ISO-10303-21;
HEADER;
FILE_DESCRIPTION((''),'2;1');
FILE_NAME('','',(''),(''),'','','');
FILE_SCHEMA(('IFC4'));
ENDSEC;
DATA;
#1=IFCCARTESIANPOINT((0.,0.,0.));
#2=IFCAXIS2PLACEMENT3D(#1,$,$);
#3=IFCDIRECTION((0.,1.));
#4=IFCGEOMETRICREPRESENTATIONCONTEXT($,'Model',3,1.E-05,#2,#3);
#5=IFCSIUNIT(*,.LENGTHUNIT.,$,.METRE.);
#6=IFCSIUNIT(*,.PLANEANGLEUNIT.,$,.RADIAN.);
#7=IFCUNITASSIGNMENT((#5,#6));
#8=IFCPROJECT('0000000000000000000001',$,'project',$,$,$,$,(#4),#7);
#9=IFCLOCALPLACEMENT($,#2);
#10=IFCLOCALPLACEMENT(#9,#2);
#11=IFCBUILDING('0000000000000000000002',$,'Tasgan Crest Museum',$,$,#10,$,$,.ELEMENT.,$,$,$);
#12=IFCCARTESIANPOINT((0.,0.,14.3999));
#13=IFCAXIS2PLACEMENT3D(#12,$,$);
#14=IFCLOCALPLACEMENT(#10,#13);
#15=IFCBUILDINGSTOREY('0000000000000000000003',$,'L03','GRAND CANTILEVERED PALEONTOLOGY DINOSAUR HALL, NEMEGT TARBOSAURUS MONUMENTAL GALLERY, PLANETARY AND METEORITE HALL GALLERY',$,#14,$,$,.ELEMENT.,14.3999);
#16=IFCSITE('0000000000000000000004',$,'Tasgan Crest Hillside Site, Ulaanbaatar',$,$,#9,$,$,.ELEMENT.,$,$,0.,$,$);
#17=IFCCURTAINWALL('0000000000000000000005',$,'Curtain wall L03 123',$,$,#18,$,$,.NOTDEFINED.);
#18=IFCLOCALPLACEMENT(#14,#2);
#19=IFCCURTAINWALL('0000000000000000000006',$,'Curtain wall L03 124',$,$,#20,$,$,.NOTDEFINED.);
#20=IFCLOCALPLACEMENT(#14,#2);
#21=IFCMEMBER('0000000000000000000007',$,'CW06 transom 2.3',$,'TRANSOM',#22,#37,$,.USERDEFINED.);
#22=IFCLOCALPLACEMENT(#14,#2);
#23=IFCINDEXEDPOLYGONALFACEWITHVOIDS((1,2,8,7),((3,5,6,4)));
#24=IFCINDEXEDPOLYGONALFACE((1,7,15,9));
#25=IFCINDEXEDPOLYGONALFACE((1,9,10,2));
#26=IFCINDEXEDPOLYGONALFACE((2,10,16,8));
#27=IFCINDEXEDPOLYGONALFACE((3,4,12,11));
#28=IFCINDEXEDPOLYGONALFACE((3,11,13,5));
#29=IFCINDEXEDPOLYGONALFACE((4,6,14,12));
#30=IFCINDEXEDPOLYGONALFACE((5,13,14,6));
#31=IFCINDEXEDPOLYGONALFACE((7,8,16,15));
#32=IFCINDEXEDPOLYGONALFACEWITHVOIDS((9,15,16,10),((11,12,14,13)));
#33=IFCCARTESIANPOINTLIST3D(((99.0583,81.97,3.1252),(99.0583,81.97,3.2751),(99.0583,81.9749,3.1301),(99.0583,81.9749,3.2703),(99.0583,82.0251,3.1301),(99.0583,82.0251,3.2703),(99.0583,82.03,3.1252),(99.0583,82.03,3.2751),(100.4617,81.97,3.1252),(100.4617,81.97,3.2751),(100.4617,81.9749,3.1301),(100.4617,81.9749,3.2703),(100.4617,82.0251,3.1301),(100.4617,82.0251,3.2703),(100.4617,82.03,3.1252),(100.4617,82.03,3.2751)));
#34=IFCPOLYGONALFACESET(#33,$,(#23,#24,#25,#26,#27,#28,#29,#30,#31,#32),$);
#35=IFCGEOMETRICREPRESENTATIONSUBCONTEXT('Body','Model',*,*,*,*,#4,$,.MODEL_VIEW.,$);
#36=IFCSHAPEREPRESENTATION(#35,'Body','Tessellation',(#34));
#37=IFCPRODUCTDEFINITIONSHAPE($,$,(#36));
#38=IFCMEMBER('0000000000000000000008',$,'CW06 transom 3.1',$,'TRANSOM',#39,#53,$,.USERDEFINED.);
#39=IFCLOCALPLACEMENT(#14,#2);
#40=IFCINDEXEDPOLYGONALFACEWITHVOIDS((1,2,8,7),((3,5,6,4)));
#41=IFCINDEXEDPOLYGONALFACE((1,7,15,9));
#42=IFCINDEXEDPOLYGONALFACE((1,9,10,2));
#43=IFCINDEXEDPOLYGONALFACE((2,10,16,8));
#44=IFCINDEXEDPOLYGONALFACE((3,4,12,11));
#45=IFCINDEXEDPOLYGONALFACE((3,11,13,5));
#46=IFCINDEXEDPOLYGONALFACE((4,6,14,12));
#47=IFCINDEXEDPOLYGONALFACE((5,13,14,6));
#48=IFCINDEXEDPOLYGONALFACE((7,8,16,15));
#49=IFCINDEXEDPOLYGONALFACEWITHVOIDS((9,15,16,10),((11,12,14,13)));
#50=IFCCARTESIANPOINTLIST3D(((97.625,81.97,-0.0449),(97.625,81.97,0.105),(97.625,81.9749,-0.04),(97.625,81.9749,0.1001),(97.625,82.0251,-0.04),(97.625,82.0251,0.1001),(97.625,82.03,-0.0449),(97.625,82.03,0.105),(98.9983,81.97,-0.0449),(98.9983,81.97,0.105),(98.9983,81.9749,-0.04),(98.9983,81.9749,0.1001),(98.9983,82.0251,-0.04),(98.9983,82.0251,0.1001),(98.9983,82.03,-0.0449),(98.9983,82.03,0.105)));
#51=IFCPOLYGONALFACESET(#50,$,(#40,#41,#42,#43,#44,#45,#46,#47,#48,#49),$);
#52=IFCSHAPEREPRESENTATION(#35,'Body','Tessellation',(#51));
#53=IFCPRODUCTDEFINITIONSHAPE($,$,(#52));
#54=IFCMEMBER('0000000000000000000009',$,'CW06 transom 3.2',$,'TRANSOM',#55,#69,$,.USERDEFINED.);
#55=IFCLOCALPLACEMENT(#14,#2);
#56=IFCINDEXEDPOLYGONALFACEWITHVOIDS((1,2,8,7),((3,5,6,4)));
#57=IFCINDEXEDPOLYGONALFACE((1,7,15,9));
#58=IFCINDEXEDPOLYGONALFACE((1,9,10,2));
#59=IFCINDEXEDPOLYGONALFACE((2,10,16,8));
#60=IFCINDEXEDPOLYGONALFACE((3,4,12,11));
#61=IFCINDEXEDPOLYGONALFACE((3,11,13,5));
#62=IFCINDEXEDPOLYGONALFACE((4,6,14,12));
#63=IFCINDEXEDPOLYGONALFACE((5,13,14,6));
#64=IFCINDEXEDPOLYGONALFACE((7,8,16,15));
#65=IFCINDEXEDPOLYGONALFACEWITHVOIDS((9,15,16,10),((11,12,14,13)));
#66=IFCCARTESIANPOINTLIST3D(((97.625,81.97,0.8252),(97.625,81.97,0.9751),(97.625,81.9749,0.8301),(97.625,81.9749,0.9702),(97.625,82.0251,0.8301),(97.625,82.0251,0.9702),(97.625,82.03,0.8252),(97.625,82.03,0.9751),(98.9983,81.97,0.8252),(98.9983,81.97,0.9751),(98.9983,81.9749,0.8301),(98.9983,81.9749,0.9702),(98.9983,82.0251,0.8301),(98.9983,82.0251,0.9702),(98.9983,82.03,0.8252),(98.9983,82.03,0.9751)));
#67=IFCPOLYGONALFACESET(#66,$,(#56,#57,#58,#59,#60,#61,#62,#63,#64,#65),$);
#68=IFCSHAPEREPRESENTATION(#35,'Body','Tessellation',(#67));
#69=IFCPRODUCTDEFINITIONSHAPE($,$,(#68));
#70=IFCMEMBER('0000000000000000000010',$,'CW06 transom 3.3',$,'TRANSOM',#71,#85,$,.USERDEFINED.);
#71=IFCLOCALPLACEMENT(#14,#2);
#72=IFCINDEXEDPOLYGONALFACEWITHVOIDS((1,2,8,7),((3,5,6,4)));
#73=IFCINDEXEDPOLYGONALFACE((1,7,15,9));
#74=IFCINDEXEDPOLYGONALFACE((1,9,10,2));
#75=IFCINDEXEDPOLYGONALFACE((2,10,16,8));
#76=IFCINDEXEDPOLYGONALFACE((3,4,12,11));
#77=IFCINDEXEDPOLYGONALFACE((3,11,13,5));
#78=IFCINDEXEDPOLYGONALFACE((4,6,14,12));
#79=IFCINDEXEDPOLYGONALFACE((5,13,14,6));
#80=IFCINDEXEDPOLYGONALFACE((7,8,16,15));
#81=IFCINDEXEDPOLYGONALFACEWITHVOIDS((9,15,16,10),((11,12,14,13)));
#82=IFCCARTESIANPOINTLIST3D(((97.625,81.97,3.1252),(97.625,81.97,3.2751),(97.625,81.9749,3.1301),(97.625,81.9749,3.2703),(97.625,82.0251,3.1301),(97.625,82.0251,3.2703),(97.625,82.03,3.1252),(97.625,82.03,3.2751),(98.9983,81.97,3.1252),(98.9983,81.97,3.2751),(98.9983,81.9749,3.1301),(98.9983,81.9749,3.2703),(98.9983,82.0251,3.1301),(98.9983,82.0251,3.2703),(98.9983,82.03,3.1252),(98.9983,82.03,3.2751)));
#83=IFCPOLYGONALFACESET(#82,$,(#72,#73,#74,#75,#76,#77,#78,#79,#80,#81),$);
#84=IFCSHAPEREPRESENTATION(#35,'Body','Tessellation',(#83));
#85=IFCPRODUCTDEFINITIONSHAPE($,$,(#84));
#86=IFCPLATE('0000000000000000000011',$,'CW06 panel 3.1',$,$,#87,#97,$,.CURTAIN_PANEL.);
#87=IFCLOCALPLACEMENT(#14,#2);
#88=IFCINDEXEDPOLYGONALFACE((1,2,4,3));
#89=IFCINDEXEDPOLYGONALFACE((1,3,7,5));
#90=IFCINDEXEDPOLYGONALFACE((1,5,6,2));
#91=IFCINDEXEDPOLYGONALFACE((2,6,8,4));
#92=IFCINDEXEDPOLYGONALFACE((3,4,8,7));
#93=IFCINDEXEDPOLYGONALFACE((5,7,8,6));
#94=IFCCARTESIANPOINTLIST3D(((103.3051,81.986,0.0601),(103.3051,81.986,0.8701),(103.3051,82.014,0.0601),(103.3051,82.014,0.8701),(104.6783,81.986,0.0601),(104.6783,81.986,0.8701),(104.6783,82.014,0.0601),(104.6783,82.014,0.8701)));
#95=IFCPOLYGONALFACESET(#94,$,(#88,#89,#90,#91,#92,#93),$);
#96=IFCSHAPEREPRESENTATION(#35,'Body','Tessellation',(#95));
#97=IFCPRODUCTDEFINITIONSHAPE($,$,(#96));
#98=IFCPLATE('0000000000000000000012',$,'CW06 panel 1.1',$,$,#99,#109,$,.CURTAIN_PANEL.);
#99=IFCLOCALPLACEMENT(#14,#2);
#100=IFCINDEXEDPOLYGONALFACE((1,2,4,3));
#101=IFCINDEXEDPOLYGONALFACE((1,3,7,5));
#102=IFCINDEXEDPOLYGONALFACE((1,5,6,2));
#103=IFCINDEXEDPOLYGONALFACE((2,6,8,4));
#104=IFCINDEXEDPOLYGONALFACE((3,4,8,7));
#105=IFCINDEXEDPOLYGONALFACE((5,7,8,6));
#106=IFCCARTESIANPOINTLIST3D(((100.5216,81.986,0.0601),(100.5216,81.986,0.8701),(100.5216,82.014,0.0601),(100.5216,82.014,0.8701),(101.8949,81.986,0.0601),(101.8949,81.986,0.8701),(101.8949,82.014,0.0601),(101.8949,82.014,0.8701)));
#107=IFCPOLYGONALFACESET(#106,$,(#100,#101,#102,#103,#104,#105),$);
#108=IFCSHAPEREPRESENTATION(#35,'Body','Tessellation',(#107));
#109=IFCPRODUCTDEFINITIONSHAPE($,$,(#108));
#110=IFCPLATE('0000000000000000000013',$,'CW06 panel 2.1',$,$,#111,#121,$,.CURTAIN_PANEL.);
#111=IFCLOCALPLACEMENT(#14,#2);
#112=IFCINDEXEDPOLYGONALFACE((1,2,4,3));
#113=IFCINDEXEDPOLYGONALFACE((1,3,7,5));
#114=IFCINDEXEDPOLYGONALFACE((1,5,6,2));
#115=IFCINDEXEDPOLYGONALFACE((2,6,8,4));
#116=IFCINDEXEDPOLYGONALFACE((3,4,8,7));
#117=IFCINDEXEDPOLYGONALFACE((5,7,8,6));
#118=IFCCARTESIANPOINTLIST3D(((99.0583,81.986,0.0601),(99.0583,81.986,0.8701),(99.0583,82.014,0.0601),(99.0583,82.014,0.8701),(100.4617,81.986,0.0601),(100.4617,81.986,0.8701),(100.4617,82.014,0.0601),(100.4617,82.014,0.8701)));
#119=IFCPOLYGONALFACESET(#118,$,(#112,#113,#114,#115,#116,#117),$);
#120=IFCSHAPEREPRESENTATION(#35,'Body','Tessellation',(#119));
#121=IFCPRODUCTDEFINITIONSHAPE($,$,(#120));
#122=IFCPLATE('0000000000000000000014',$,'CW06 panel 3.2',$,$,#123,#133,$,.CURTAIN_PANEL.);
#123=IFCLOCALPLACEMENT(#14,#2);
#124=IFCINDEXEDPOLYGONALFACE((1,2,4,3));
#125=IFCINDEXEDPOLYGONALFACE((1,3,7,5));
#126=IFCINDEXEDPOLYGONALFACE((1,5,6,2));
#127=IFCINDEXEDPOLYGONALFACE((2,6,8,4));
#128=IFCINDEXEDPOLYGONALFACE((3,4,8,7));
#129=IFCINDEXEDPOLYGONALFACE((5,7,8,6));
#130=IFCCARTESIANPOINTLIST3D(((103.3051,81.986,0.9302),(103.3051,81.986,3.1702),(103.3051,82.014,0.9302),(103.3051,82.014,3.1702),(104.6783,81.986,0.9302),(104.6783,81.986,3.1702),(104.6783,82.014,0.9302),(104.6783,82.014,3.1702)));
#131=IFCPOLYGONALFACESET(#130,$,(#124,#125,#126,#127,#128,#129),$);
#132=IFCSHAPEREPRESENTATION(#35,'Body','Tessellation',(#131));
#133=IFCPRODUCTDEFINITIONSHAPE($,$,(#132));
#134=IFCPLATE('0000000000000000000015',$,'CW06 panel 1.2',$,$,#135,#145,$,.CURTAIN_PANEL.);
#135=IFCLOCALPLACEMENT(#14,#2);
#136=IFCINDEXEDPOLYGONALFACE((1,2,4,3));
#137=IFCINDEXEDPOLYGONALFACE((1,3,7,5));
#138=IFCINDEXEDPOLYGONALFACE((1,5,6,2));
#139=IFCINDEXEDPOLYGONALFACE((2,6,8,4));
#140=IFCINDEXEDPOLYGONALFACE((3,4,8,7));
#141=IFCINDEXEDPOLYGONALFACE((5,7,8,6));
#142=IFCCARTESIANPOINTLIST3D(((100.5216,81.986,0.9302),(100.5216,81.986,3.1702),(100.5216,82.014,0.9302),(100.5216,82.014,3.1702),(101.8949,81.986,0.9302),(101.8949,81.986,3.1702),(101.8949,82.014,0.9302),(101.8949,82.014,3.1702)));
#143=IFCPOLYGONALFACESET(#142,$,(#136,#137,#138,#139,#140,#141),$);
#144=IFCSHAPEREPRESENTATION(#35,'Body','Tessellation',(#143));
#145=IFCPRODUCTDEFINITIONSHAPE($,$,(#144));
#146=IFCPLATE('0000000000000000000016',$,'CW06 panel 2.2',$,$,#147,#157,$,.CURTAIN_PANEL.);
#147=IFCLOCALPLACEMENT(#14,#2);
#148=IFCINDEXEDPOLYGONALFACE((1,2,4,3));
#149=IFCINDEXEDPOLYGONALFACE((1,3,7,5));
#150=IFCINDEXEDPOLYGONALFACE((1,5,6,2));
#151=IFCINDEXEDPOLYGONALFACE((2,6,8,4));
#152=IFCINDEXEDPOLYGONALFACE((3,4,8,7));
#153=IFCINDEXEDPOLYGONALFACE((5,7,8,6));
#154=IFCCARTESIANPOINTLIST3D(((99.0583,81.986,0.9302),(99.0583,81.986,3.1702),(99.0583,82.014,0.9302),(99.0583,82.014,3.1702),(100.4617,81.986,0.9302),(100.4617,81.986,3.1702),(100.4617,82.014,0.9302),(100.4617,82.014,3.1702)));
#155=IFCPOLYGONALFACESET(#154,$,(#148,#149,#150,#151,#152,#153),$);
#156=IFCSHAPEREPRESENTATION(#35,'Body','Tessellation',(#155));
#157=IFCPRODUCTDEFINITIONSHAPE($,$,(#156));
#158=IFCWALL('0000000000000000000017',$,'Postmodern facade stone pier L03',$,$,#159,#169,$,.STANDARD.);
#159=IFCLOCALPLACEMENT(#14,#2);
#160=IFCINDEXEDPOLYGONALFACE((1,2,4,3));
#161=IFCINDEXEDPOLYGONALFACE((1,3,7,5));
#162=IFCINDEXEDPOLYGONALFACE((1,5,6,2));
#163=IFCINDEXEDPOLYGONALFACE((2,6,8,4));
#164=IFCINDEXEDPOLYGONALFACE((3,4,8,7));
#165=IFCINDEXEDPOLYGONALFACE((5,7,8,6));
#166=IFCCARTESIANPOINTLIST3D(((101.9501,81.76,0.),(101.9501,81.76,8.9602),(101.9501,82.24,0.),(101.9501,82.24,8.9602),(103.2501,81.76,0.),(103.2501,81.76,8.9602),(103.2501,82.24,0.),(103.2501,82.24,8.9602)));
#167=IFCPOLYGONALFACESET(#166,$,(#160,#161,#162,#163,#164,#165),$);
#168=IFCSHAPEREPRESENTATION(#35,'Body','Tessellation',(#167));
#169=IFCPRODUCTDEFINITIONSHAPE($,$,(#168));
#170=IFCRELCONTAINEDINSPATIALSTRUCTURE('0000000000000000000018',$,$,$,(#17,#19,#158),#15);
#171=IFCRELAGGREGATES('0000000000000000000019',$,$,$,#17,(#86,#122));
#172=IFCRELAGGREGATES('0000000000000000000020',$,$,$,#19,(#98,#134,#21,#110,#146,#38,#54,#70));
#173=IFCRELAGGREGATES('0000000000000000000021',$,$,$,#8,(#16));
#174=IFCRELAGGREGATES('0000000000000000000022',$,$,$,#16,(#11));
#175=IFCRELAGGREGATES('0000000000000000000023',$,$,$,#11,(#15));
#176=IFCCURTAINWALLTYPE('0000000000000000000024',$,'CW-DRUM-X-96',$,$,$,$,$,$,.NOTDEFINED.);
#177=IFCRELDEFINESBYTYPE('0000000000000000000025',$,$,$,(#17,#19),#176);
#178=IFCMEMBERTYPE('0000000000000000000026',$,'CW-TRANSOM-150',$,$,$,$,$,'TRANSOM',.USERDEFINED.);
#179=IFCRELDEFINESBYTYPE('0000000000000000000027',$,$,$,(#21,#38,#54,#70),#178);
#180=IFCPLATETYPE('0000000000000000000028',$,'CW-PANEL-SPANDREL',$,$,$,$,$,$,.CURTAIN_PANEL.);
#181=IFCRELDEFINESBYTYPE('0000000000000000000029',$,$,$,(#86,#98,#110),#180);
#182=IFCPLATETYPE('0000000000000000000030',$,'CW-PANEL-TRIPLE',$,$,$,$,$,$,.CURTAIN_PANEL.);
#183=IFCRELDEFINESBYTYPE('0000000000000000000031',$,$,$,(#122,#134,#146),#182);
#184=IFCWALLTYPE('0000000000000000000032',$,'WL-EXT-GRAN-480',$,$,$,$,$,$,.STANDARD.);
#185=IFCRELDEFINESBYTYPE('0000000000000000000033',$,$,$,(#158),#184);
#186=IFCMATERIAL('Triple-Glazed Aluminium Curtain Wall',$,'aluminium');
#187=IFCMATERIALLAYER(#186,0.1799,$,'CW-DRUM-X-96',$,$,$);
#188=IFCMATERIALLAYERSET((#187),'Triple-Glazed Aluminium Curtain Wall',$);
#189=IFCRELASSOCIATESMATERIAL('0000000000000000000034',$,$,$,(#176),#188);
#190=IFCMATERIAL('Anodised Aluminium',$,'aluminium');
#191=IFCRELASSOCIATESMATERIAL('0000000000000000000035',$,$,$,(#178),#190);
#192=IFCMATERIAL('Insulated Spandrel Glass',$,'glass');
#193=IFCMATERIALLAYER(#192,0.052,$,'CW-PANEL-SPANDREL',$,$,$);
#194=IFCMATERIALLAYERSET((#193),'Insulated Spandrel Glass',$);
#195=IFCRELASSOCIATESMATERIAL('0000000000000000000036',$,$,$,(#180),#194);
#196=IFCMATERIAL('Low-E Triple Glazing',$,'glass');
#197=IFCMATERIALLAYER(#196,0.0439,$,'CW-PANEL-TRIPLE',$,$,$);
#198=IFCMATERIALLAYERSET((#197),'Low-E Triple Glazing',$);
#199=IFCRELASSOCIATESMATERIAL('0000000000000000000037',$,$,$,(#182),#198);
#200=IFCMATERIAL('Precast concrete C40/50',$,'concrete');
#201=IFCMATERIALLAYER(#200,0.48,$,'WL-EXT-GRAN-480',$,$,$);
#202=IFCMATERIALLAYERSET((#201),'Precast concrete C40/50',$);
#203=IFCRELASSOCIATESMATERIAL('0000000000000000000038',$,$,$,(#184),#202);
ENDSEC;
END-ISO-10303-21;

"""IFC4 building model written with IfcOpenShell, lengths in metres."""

from ifc_helpers import new_model, si_unit, direction, frame, frame_2d, origin, origin_2d, place, context, subcontext, project, spatial, rectangle, hollow_rectangle, extrude, material, layer, layer_set, material_profile, profile_set, type_object, element, aggregate, save


model = new_model("IFC4")

# Units and contexts
model_context = context("Model", 3, precision=1e-05, world=origin(), true_north=direction((0.0, 1.0)))
body_context = subcontext(model_context, "Body", "Model", "MODEL_VIEW")
ifc_project = project(units=[si_unit("LENGTHUNIT", "METRE"), si_unit("PLANEANGLEUNIT", "RADIAN")], contexts=[model_context])

# Site, building, storey
site_placement = place(None, origin())
site = spatial("IfcSite", under=ifc_project, at=site_placement, Name="Tasgan Crest Hillside Site, Ulaanbaatar", CompositionType="ELEMENT", RefElevation=0.0)
building_placement = place(site_placement, origin())
building = spatial("IfcBuilding", under=site, at=building_placement, Name="Tasgan Crest Museum", CompositionType="ELEMENT")
storey_placement = place(building_placement, frame((0.0, 0.0, 14.3999)))
storey = spatial("IfcBuildingStorey", under=building, at=storey_placement, Name="L03", Description="GRAND CANTILEVERED PALEONTOLOGY DINOSAUR HALL, NEMEGT TARBOSAURUS MONUMENTAL GALLERY, PLANETARY AND METEORITE HALL GALLERY", CompositionType="ELEMENT", Elevation=14.3999)

# Curtain walls
ifc_material_1 = material(Name="Triple-Glazed Aluminium Curtain Wall", Category="aluminium")
ifc_layer_1 = layer(ifc_material_1, 0.1799, Name="CW-DRUM-X-96")
ifc_layer_set_1 = layer_set([ifc_layer_1], Name="Triple-Glazed Aluminium Curtain Wall")
curtain_wall_type = type_object("IfcCurtainWallType", Name="CW-DRUM-X-96", PredefinedType="NOTDEFINED", material=ifc_layer_set_1)
curtain_wall_1_placement = place(storey_placement, origin())
curtain_wall_1 = element("IfcCurtainWall", 1, at=curtain_wall_1_placement, inside=storey, type_object=curtain_wall_type, Name="Curtain wall L03 123", PredefinedType="NOTDEFINED")
curtain_wall_2_placement = place(storey_placement, origin())
curtain_wall_2 = element("IfcCurtainWall", 2, at=curtain_wall_2_placement, inside=storey, type_object=curtain_wall_type, Name="Curtain wall L03 124", PredefinedType="NOTDEFINED")

# Members
ifc_material_2 = material(Name="Anodised Aluminium", Category="aluminium")
ifc_material_profile_1 = material_profile(ifc_material_2, hollow_rectangle(XDim=0.0601, YDim=0.1499, WallThickness=0.0049, at=origin_2d()), Name="ALU TRANSOM 150x60x5")
ifc_profile_set_1 = profile_set([ifc_material_profile_1], Name="Anodised Aluminium")
member_type_1 = type_object("IfcMemberType", Name="CW-TRANSOM-150", ElementType="TRANSOM", PredefinedType="USERDEFINED", material=ifc_profile_set_1)
member_1_placement = place(storey_placement, frame((100.4617, 82.0, 3.2002), z_axis=(-1.0, 0.0, 0.0), x_axis=(0.0, -1.0, 0.0)))
member_1 = element("IfcMember", 3, at=member_1_placement, type_object=member_type_1, Name="CW06 transom 2.3", ObjectType="TRANSOM", PredefinedType="USERDEFINED", context=body_context, shape_type="SweptSolid", body=[
    extrude(hollow_rectangle(XDim=0.0601, YDim=0.1499, WallThickness=0.0049, at=origin_2d()), origin(), (0.0, 0.0, 1.0), 1.4033),
])
member_2_placement = place(storey_placement, frame((98.9983, 82.0, 0.03), z_axis=(-1.0, 0.0, 0.0), x_axis=(0.0, -1.0, 0.0)))
member_2 = element("IfcMember", 4, at=member_2_placement, type_object=member_type_1, Name="CW06 transom 3.1", ObjectType="TRANSOM", PredefinedType="USERDEFINED", context=body_context, shape_type="SweptSolid", body=[
    extrude(hollow_rectangle(XDim=0.0601, YDim=0.1499, WallThickness=0.0049, at=origin_2d()), origin(), (0.0, 0.0, 1.0), 1.3733),
])
member_3_placement = place(storey_placement, frame((98.9983, 82.0, 0.9001), z_axis=(-1.0, 0.0, 0.0), x_axis=(0.0, -1.0, 0.0)))
member_3 = element("IfcMember", 5, at=member_3_placement, type_object=member_type_1, Name="CW06 transom 3.2", ObjectType="TRANSOM", PredefinedType="USERDEFINED", context=body_context, shape_type="SweptSolid", body=[
    extrude(hollow_rectangle(XDim=0.0601, YDim=0.1499, WallThickness=0.0049, at=origin_2d()), origin(), (0.0, 0.0, 1.0), 1.3733),
])
member_4_placement = place(storey_placement, frame((98.9983, 82.0, 3.2002), z_axis=(-1.0, 0.0, 0.0), x_axis=(0.0, -1.0, 0.0)))
member_4 = element("IfcMember", 6, at=member_4_placement, type_object=member_type_1, Name="CW06 transom 3.3", ObjectType="TRANSOM", PredefinedType="USERDEFINED", context=body_context, shape_type="SweptSolid", body=[
    extrude(hollow_rectangle(XDim=0.0601, YDim=0.1499, WallThickness=0.0049, at=origin_2d()), origin(), (0.0, 0.0, 1.0), 1.3733),
])

# Plates
ifc_material_3 = material(Name="Insulated Spandrel Glass", Category="glass")
ifc_layer_2 = layer(ifc_material_3, 0.052, Name="CW-PANEL-SPANDREL")
ifc_layer_set_2 = layer_set([ifc_layer_2], Name="Insulated Spandrel Glass")
plate_type_1 = type_object("IfcPlateType", Name="CW-PANEL-SPANDREL", PredefinedType="CURTAIN_PANEL", material=ifc_layer_set_2)
plate_1_placement = place(storey_placement, frame((103.9917, 82.0, 0.0601), z_axis=(0.0, 0.0, 1.0), x_axis=(-1.0, 0.0, 0.0)))
plate_1 = element("IfcPlate", 7, at=plate_1_placement, type_object=plate_type_1, Name="CW06 panel 3.1", PredefinedType="CURTAIN_PANEL", context=body_context, shape_type="SweptSolid", body=[
    extrude(rectangle(XDim=1.3733, YDim=0.0281, at=origin_2d()), origin(), (0.0, 0.0, 1.0), 0.8101),
])
plate_2_placement = place(storey_placement, frame((101.2083, 82.0, 0.0601), z_axis=(0.0, 0.0, 1.0), x_axis=(-1.0, 0.0, 0.0)))
plate_2 = element("IfcPlate", 8, at=plate_2_placement, type_object=plate_type_1, Name="CW06 panel 1.1", PredefinedType="CURTAIN_PANEL", context=body_context, shape_type="SweptSolid", body=[
    extrude(rectangle(XDim=1.3733, YDim=0.0281, at=origin_2d()), origin(), (0.0, 0.0, 1.0), 0.8101),
])
plate_3_placement = place(storey_placement, frame((99.76, 82.0, 0.0601), z_axis=(0.0, 0.0, 1.0), x_axis=(-1.0, 0.0, 0.0)))
plate_3 = element("IfcPlate", 9, at=plate_3_placement, type_object=plate_type_1, Name="CW06 panel 2.1", PredefinedType="CURTAIN_PANEL", context=body_context, shape_type="SweptSolid", body=[
    extrude(rectangle(XDim=1.4033, YDim=0.0281, at=origin_2d()), origin(), (0.0, 0.0, 1.0), 0.8101),
])
ifc_material_4 = material(Name="Low-E Triple Glazing", Category="glass")
ifc_layer_3 = layer(ifc_material_4, 0.0439, Name="CW-PANEL-TRIPLE")
ifc_layer_set_3 = layer_set([ifc_layer_3], Name="Low-E Triple Glazing")
plate_type_2 = type_object("IfcPlateType", Name="CW-PANEL-TRIPLE", PredefinedType="CURTAIN_PANEL", material=ifc_layer_set_3)
plate_4_placement = place(storey_placement, frame((103.9917, 82.0, 0.9302), z_axis=(0.0, 0.0, 1.0), x_axis=(-1.0, 0.0, 0.0)))
plate_4 = element("IfcPlate", 10, at=plate_4_placement, type_object=plate_type_2, Name="CW06 panel 3.2", PredefinedType="CURTAIN_PANEL", context=body_context, shape_type="SweptSolid", body=[
    extrude(rectangle(XDim=1.3733, YDim=0.0281, at=origin_2d()), origin(), (0.0, 0.0, 1.0), 2.24),
])
aggregate(curtain_wall_1, [plate_1, plate_4])
plate_5_placement = place(storey_placement, frame((101.2083, 82.0, 0.9302), z_axis=(0.0, 0.0, 1.0), x_axis=(-1.0, 0.0, 0.0)))
plate_5 = element("IfcPlate", 11, at=plate_5_placement, type_object=plate_type_2, Name="CW06 panel 1.2", PredefinedType="CURTAIN_PANEL", context=body_context, shape_type="SweptSolid", body=[
    extrude(rectangle(XDim=1.3733, YDim=0.0281, at=origin_2d()), origin(), (0.0, 0.0, 1.0), 2.24),
])
plate_6_placement = place(storey_placement, frame((99.76, 82.0, 0.9302), z_axis=(0.0, 0.0, 1.0), x_axis=(-1.0, 0.0, 0.0)))
plate_6 = element("IfcPlate", 12, at=plate_6_placement, type_object=plate_type_2, Name="CW06 panel 2.2", PredefinedType="CURTAIN_PANEL", context=body_context, shape_type="SweptSolid", body=[
    extrude(rectangle(XDim=1.4033, YDim=0.0281, at=origin_2d()), origin(), (0.0, 0.0, 1.0), 2.24),
])
aggregate(curtain_wall_2, [plate_2, plate_5, member_1, plate_3, plate_6, member_2, member_3, member_4])

# Wall
ifc_material_5 = material(Name="Precast concrete C40/50", Category="concrete")
ifc_layer_4 = layer(ifc_material_5, 0.48, Name="WL-EXT-GRAN-480")
ifc_layer_set_4 = layer_set([ifc_layer_4], Name="Precast concrete C40/50")
wall_type = type_object("IfcWallType", Name="WL-EXT-GRAN-480", PredefinedType="STANDARD", material=ifc_layer_set_4)
wall_placement = place(storey_placement, frame((103.25, 82.0, 0.0), z_axis=(0.0, 0.0, 1.0), x_axis=(-1.0, 0.0, 0.0)))
element("IfcWall", 13, at=wall_placement, inside=storey, type_object=wall_type, Name="Postmodern facade stone pier L03", PredefinedType="STANDARD", context=body_context, shape_type="SweptSolid", body=[
    extrude(rectangle(XDim=1.3, YDim=0.48, at=frame_2d((0.6499, 0.0))), origin(), (0.0, 0.0, 1.0), 8.9602),
])

save(model, "model.ifc")
